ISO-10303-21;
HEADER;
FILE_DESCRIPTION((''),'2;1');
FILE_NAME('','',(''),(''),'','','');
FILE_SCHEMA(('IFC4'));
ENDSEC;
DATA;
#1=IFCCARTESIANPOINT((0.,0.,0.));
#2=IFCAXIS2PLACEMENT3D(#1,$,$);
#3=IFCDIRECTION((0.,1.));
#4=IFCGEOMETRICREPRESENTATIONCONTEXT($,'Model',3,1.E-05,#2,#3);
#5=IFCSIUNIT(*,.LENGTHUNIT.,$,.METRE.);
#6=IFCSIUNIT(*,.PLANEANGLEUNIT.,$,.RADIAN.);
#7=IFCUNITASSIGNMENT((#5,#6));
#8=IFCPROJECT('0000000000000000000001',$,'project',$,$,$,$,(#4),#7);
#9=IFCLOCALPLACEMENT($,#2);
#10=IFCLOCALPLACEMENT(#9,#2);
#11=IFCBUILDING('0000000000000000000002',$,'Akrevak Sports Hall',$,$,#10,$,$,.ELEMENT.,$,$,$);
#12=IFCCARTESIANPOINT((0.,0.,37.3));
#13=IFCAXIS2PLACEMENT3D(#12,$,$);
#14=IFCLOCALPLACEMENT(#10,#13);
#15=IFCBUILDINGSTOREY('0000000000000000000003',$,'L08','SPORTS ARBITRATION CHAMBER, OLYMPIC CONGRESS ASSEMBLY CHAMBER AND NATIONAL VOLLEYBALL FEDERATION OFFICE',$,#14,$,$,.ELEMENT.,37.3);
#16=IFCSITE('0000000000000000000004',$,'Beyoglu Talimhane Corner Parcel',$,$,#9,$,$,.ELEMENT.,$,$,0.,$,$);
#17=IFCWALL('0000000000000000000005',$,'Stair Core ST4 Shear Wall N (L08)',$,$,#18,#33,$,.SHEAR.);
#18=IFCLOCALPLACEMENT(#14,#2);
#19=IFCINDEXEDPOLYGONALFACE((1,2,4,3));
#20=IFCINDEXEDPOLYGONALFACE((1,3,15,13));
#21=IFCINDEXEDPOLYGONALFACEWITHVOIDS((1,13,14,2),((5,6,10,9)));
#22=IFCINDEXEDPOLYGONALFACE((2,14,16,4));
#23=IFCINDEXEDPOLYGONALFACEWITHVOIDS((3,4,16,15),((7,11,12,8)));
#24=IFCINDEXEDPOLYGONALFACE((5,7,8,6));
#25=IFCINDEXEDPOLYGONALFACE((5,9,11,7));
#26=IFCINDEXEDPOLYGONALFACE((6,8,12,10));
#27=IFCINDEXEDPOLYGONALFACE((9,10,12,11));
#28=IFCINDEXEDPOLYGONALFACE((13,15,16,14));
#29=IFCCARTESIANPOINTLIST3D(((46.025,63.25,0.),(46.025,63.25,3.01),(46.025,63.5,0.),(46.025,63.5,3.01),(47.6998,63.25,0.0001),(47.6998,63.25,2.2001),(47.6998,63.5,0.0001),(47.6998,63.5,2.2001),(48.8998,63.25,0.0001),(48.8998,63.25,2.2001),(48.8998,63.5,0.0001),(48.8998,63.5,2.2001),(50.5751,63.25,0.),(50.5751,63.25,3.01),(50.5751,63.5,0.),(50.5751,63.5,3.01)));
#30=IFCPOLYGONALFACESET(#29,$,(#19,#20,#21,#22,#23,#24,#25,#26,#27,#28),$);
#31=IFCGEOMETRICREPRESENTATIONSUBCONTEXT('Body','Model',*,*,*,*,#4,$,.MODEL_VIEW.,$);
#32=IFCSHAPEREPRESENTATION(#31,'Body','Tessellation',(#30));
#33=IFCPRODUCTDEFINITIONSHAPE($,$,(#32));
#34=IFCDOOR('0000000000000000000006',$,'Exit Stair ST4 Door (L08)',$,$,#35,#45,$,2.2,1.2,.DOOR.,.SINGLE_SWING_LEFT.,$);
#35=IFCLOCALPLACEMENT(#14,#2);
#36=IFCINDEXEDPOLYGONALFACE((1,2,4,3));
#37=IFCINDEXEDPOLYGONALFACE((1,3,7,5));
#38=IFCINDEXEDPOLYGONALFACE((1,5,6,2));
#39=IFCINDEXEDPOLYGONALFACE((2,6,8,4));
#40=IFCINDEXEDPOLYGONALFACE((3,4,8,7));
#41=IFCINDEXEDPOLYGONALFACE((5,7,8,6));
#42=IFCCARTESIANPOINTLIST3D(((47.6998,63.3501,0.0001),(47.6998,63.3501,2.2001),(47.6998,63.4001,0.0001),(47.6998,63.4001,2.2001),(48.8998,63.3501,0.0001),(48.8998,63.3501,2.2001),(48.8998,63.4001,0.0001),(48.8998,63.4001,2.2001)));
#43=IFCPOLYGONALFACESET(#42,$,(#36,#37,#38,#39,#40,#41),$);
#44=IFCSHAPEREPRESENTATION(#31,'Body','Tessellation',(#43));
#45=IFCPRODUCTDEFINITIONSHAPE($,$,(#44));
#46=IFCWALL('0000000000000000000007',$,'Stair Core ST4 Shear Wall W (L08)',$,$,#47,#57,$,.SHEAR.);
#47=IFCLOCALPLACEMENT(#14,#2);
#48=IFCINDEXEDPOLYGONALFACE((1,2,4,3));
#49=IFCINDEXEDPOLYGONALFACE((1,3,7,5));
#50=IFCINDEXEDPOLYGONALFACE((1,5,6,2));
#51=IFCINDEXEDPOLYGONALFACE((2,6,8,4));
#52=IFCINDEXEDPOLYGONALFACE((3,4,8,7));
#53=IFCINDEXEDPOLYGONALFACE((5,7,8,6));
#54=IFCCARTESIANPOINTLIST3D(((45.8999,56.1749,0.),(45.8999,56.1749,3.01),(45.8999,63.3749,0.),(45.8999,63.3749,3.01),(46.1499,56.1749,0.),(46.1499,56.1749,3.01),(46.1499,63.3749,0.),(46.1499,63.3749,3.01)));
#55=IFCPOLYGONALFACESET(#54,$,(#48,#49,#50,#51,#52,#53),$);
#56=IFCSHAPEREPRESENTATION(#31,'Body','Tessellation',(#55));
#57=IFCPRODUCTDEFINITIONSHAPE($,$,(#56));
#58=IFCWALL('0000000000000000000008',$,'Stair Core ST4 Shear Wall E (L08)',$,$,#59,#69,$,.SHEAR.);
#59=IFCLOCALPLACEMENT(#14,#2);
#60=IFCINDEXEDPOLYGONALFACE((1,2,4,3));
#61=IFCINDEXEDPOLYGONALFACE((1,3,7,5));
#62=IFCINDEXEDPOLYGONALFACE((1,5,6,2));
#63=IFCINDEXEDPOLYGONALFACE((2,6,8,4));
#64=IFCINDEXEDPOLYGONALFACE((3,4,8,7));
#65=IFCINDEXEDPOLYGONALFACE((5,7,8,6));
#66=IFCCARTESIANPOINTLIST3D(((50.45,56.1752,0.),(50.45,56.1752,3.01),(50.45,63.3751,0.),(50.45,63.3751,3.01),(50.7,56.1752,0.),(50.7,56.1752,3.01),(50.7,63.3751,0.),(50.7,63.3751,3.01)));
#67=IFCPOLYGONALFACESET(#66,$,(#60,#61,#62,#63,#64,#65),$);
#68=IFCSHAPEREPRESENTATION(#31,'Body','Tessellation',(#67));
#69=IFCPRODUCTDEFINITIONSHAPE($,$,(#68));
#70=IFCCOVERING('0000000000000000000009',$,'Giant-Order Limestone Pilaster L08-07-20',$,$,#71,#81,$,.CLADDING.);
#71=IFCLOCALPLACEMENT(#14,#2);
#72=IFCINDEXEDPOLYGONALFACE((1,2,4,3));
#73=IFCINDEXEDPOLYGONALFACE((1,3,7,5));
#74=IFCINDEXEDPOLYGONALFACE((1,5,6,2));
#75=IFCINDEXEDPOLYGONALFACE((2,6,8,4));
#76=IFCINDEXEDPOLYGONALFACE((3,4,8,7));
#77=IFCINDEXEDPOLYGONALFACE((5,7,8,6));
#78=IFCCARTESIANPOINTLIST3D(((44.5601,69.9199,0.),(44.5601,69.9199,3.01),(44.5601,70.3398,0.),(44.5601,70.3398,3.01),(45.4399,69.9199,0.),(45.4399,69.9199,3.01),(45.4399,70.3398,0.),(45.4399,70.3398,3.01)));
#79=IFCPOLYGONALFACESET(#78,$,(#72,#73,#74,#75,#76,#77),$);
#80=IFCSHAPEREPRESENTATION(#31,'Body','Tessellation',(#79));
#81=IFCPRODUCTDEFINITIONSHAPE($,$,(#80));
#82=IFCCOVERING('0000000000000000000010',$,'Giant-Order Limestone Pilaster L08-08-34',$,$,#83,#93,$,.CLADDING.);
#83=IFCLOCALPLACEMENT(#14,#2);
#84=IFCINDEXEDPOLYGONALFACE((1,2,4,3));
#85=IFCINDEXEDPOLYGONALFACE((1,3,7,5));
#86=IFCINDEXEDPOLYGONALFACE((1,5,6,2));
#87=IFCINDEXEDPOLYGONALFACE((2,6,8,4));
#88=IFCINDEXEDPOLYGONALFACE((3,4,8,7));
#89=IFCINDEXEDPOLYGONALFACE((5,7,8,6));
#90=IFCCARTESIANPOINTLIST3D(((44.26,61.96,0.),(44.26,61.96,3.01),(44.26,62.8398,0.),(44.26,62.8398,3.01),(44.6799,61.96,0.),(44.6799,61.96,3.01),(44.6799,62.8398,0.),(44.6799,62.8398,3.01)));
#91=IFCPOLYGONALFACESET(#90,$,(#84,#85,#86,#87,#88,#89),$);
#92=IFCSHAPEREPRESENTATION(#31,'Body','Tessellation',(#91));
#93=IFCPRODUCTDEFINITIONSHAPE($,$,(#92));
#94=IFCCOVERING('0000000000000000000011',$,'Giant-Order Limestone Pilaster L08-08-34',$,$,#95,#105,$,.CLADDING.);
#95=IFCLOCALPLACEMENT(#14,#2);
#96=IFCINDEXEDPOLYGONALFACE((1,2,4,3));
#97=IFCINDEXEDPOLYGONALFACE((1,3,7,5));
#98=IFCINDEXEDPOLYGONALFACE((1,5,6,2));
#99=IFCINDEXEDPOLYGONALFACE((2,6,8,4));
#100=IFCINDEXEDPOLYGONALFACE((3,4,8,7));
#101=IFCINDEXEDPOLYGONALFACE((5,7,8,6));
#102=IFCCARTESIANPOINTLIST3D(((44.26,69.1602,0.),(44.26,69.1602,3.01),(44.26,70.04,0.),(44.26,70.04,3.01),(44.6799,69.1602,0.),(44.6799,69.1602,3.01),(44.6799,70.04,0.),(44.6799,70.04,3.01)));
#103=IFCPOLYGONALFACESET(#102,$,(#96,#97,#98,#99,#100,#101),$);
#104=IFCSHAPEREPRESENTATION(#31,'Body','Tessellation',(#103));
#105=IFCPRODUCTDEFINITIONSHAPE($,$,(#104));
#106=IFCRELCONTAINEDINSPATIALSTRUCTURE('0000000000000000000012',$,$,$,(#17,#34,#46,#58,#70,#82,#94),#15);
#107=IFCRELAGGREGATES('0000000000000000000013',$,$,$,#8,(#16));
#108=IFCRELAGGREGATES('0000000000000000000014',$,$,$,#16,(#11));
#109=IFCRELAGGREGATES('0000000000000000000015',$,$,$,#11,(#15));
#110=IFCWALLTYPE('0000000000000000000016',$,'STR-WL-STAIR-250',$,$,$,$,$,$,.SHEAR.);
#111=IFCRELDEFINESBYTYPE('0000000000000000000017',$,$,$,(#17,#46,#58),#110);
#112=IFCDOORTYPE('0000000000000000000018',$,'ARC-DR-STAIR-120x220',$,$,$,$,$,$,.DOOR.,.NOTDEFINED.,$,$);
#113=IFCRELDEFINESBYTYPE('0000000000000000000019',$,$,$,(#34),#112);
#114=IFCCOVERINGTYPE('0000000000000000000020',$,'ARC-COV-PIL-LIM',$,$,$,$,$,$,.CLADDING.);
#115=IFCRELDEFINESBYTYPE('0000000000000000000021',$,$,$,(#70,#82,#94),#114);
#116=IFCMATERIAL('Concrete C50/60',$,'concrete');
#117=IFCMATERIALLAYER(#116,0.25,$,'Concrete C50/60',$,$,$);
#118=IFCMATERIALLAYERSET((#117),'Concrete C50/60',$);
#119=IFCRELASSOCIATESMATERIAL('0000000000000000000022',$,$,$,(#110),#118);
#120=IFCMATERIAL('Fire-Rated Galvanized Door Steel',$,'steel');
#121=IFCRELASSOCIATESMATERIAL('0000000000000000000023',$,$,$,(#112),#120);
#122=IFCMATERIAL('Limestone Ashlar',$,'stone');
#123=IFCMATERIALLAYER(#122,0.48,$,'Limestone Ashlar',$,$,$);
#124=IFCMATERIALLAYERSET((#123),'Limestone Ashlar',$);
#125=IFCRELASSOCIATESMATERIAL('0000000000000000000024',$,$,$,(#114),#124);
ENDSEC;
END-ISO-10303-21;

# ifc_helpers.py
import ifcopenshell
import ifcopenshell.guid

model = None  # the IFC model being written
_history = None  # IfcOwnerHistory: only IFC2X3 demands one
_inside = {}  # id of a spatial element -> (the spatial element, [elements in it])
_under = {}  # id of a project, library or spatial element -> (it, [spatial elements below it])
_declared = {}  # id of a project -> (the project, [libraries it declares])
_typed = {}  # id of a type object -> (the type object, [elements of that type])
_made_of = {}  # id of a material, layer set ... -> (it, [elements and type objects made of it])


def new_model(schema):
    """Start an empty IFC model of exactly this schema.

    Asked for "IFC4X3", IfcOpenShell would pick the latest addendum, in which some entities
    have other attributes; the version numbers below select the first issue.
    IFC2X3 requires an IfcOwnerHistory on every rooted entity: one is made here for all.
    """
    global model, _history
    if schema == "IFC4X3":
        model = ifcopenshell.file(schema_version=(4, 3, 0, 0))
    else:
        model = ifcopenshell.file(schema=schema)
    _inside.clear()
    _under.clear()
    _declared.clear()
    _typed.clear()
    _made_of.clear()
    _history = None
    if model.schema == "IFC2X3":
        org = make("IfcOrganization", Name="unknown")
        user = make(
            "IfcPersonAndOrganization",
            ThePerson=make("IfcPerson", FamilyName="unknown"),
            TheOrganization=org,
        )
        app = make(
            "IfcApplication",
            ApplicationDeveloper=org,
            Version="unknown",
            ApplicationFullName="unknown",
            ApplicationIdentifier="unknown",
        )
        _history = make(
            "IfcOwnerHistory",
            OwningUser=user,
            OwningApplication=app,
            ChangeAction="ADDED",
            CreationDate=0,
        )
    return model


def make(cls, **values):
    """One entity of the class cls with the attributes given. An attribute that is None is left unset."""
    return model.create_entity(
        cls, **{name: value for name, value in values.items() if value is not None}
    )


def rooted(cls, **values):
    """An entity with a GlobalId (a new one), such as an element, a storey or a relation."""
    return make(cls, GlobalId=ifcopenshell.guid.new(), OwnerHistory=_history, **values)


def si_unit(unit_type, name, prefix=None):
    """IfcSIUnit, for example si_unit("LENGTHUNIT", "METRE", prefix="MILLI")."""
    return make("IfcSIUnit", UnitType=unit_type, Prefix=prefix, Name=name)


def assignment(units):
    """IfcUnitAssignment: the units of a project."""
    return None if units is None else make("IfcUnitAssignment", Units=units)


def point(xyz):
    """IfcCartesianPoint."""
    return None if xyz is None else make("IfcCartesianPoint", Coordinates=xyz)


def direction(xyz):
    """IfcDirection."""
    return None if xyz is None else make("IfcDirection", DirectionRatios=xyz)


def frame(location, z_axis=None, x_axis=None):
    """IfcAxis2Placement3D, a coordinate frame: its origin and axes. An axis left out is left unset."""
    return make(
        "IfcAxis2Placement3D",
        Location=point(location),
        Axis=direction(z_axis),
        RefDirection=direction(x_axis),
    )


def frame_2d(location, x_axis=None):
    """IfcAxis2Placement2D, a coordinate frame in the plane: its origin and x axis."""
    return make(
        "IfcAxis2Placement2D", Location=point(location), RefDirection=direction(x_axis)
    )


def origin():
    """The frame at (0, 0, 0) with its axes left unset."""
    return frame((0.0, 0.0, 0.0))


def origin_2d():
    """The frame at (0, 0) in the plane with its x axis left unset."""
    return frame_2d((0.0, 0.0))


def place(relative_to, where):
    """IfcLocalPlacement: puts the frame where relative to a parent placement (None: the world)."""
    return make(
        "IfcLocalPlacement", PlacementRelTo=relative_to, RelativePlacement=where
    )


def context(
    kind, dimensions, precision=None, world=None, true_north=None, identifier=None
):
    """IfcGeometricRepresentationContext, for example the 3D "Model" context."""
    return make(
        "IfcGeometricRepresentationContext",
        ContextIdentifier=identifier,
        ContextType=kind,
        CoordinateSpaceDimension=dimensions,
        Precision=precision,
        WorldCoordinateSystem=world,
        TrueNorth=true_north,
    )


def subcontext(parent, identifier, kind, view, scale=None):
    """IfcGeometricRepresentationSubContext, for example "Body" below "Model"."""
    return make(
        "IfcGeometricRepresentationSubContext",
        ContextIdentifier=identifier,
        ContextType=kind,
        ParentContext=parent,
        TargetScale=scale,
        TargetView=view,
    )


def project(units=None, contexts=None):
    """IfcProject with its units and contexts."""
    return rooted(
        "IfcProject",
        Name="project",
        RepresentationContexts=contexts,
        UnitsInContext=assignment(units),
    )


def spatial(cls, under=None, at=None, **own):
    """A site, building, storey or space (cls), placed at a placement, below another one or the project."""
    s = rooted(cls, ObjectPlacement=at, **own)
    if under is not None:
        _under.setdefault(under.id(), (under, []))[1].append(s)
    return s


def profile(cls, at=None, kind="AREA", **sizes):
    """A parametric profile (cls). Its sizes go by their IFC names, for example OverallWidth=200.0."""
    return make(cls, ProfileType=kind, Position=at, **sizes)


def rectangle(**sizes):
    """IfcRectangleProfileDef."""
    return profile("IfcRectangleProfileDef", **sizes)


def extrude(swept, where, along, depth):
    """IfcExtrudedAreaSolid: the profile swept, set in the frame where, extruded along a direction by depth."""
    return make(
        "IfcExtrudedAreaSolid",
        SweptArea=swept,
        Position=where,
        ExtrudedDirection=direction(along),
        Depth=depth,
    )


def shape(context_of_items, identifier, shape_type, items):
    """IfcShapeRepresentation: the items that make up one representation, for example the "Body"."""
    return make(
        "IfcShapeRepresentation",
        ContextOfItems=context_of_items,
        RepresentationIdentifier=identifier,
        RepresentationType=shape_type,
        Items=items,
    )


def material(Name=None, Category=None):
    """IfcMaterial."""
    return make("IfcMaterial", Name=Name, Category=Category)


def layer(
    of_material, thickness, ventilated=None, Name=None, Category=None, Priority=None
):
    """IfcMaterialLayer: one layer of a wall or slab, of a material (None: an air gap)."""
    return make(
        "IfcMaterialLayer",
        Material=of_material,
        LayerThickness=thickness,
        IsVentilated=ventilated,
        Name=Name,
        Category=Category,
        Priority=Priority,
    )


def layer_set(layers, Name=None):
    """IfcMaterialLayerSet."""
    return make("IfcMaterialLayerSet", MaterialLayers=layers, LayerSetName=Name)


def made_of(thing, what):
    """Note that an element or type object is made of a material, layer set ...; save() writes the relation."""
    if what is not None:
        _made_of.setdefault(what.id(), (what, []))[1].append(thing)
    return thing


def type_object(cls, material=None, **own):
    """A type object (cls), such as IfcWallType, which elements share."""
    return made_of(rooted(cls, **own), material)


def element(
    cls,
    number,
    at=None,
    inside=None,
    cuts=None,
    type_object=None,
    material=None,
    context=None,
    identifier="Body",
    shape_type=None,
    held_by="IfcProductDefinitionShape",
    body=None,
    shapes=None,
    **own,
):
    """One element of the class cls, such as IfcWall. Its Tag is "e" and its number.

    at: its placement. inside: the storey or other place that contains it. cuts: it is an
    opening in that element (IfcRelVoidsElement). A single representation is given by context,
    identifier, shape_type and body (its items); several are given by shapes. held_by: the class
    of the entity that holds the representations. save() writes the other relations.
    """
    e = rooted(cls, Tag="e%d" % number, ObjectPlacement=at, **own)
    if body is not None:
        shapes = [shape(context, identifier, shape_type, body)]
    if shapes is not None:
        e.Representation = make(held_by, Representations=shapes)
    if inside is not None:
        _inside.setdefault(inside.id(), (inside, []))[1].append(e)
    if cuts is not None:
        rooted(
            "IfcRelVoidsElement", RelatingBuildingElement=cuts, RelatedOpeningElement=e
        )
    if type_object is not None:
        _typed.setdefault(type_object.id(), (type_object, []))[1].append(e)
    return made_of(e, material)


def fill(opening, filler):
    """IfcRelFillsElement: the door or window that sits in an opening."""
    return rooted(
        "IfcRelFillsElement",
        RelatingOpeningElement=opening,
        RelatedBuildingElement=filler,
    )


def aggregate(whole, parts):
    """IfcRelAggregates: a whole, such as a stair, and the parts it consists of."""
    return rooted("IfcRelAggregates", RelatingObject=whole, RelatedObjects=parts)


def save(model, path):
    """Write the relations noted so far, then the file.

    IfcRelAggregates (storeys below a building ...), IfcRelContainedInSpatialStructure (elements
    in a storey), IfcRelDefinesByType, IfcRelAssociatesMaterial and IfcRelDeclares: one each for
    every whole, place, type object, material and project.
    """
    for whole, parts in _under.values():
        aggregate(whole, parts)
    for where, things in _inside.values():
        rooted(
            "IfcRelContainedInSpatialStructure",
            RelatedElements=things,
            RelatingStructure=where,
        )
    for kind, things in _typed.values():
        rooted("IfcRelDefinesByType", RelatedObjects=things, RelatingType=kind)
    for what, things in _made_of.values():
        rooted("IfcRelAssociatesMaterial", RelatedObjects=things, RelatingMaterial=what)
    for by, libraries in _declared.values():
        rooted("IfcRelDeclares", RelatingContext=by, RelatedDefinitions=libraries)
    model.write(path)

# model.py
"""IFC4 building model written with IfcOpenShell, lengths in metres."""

from ifc_helpers import new_model, si_unit, direction, frame, frame_2d, origin, origin_2d, place, context, subcontext, project, spatial, rectangle, extrude, material, layer, layer_set, type_object, element, fill, save


model = new_model("IFC4")

# Units and contexts
model_context = context("Model", 3, precision=1e-05, world=origin(), true_north=direction((0.0, 1.0)))
body_context = subcontext(model_context, "Body", "Model", "MODEL_VIEW")
ifc_project = project(units=[si_unit("LENGTHUNIT", "METRE"), si_unit("PLANEANGLEUNIT", "RADIAN")], contexts=[model_context])

# Site, building, storey
site_placement = place(None, origin())
site = spatial("IfcSite", under=ifc_project, at=site_placement, Name="Beyoglu Talimhane Corner Parcel", CompositionType="ELEMENT", RefElevation=0.0)
building_placement = place(site_placement, origin())
building = spatial("IfcBuilding", under=site, at=building_placement, Name="Akrevak Sports Hall", CompositionType="ELEMENT")
storey_placement = place(building_placement, frame((0.0, 0.0, 37.3)))
storey = spatial("IfcBuildingStorey", under=building, at=storey_placement, Name="L08", Description="SPORTS ARBITRATION CHAMBER, OLYMPIC CONGRESS ASSEMBLY CHAMBER AND NATIONAL VOLLEYBALL FEDERATION OFFICE", CompositionType="ELEMENT", Elevation=37.3)

# Shared definitions
ifc_material_1 = material(Name="Limestone Ashlar", Category="stone")

# Shared definitions
ifc_material_2 = material(Name="Fire-Rated Galvanized Door Steel", Category="steel")

# Shared definitions
ifc_material_3 = material(Name="Concrete C50/60", Category="concrete")
ifc_layer_1 = layer(ifc_material_3, 0.25, Name="Concrete C50/60")
ifc_layer_set_1 = layer_set([ifc_layer_1], Name="Concrete C50/60")
wall_type_1 = type_object("IfcWallType", Name="STR-WL-STAIR-250", PredefinedType="SHEAR", material=ifc_layer_set_1)

# Wall, opening, door
wall_1_placement = place(storey_placement, frame((50.575, 63.375, 0.0), z_axis=(0.0, 0.0, 1.0), x_axis=(-1.0, 0.0, 0.0)))
wall_1 = element("IfcWall", 1, at=wall_1_placement, inside=storey, type_object=wall_type_1, Name="Stair Core ST4 Shear Wall N (L08)", PredefinedType="SHEAR", context=body_context, shape_type="SweptSolid", body=[
    extrude(rectangle(XDim=4.55, YDim=0.25, at=frame_2d((2.2749, 0.0))), origin(), (0.0, 0.0, 1.0), 3.01),
])
opening_1_placement = place(wall_1_placement, frame((1.675, 0.0, 0.0)))
opening_1 = element("IfcOpeningElement", 2, at=opening_1_placement, cuts=wall_1, PredefinedType="OPENING", context=body_context, shape_type="SweptSolid", body=[
    extrude(rectangle(XDim=1.2, YDim=2.2, at=frame_2d((0.6001, 1.1001))), frame((0.0, 0.137, 0.0), z_axis=(0.0, -1.0, 0.0), x_axis=(1.0, 0.0, 0.0)), (0.0, 0.0, 1.0), 0.2739),
])
door_type_1 = type_object("IfcDoorType", Name="ARC-DR-STAIR-120x220", OperationType="NOTDEFINED", PredefinedType="DOOR", material=ifc_material_2)
door_1_placement = place(opening_1_placement, origin())
door_1 = element("IfcDoor", 3, at=door_1_placement, inside=storey, type_object=door_type_1, Name="Exit Stair ST4 Door (L08)", OperationType="SINGLE_SWING_LEFT", OverallHeight=2.2, OverallWidth=1.2, PredefinedType="DOOR", context=body_context, shape_type="SweptSolid", body=[
    extrude(rectangle(XDim=1.2, YDim=2.2, at=frame_2d((0.6001, 1.1001))), frame((0.0, 0.0249, 0.0), z_axis=(0.0, -1.0, 0.0), x_axis=(1.0, 0.0, 0.0)), (0.0, 0.0, 1.0), 0.05),
])
fill(opening_1, door_1)

# Walls
for number, where, z_axis, x_axis, name in (
    (4, (46.0249, 63.375, 0.0), (0.0, 0.0, 1.0), (0.0, -1.0, 0.0), "Stair Core ST4 Shear Wall W (L08)"),
    (5, (50.575, 56.175, 0.0), (0.0, 0.0, 1.0), (0.0, 1.0, 0.0), "Stair Core ST4 Shear Wall E (L08)"),
):
    element("IfcWall", number, at=place(storey_placement, frame(where, z_axis=z_axis, x_axis=x_axis)), inside=storey, type_object=wall_type_1, Name=name, PredefinedType="SHEAR", context=body_context, shape_type="SweptSolid", body=[
        extrude(rectangle(XDim=7.2, YDim=0.25, at=frame_2d((3.6001, 0.0))), origin(), (0.0, 0.0, 1.0), 3.01),
    ])

# Coverings
ifc_layer_2 = layer(ifc_material_1, 0.48, Name="Limestone Ashlar")
ifc_layer_set_2 = layer_set([ifc_layer_2], Name="Limestone Ashlar")
covering_type = type_object("IfcCoveringType", Name="ARC-COV-PIL-LIM", PredefinedType="CLADDING", material=ifc_layer_set_2)
for number, where, z_axis, x_axis, name in (
    (6, (45.0, 70.1299, 0.0), (0.0, 0.0, 1.0), (-1.0, 0.0, 0.0), "Giant-Order Limestone Pilaster L08-07-20"),
    (7, (44.47, 62.3999, 0.0), (0.0, 0.0, 1.0), (0.0, -1.0, 0.0), "Giant-Order Limestone Pilaster L08-08-34"),
    (8, (44.47, 69.6001, 0.0), (0.0, 0.0, 1.0), (0.0, -1.0, 0.0), "Giant-Order Limestone Pilaster L08-08-34"),
):
    element("IfcCovering", number, at=place(storey_placement, frame(where, z_axis=z_axis, x_axis=x_axis)), inside=storey, type_object=covering_type, Name=name, PredefinedType="CLADDING", context=body_context, shape_type="SweptSolid", body=[
        extrude(rectangle(XDim=0.8799, YDim=0.4199, at=origin_2d()), origin(), (0.0, 0.0, 1.0), 3.01),
    ])

save(model, "model.ifc")
